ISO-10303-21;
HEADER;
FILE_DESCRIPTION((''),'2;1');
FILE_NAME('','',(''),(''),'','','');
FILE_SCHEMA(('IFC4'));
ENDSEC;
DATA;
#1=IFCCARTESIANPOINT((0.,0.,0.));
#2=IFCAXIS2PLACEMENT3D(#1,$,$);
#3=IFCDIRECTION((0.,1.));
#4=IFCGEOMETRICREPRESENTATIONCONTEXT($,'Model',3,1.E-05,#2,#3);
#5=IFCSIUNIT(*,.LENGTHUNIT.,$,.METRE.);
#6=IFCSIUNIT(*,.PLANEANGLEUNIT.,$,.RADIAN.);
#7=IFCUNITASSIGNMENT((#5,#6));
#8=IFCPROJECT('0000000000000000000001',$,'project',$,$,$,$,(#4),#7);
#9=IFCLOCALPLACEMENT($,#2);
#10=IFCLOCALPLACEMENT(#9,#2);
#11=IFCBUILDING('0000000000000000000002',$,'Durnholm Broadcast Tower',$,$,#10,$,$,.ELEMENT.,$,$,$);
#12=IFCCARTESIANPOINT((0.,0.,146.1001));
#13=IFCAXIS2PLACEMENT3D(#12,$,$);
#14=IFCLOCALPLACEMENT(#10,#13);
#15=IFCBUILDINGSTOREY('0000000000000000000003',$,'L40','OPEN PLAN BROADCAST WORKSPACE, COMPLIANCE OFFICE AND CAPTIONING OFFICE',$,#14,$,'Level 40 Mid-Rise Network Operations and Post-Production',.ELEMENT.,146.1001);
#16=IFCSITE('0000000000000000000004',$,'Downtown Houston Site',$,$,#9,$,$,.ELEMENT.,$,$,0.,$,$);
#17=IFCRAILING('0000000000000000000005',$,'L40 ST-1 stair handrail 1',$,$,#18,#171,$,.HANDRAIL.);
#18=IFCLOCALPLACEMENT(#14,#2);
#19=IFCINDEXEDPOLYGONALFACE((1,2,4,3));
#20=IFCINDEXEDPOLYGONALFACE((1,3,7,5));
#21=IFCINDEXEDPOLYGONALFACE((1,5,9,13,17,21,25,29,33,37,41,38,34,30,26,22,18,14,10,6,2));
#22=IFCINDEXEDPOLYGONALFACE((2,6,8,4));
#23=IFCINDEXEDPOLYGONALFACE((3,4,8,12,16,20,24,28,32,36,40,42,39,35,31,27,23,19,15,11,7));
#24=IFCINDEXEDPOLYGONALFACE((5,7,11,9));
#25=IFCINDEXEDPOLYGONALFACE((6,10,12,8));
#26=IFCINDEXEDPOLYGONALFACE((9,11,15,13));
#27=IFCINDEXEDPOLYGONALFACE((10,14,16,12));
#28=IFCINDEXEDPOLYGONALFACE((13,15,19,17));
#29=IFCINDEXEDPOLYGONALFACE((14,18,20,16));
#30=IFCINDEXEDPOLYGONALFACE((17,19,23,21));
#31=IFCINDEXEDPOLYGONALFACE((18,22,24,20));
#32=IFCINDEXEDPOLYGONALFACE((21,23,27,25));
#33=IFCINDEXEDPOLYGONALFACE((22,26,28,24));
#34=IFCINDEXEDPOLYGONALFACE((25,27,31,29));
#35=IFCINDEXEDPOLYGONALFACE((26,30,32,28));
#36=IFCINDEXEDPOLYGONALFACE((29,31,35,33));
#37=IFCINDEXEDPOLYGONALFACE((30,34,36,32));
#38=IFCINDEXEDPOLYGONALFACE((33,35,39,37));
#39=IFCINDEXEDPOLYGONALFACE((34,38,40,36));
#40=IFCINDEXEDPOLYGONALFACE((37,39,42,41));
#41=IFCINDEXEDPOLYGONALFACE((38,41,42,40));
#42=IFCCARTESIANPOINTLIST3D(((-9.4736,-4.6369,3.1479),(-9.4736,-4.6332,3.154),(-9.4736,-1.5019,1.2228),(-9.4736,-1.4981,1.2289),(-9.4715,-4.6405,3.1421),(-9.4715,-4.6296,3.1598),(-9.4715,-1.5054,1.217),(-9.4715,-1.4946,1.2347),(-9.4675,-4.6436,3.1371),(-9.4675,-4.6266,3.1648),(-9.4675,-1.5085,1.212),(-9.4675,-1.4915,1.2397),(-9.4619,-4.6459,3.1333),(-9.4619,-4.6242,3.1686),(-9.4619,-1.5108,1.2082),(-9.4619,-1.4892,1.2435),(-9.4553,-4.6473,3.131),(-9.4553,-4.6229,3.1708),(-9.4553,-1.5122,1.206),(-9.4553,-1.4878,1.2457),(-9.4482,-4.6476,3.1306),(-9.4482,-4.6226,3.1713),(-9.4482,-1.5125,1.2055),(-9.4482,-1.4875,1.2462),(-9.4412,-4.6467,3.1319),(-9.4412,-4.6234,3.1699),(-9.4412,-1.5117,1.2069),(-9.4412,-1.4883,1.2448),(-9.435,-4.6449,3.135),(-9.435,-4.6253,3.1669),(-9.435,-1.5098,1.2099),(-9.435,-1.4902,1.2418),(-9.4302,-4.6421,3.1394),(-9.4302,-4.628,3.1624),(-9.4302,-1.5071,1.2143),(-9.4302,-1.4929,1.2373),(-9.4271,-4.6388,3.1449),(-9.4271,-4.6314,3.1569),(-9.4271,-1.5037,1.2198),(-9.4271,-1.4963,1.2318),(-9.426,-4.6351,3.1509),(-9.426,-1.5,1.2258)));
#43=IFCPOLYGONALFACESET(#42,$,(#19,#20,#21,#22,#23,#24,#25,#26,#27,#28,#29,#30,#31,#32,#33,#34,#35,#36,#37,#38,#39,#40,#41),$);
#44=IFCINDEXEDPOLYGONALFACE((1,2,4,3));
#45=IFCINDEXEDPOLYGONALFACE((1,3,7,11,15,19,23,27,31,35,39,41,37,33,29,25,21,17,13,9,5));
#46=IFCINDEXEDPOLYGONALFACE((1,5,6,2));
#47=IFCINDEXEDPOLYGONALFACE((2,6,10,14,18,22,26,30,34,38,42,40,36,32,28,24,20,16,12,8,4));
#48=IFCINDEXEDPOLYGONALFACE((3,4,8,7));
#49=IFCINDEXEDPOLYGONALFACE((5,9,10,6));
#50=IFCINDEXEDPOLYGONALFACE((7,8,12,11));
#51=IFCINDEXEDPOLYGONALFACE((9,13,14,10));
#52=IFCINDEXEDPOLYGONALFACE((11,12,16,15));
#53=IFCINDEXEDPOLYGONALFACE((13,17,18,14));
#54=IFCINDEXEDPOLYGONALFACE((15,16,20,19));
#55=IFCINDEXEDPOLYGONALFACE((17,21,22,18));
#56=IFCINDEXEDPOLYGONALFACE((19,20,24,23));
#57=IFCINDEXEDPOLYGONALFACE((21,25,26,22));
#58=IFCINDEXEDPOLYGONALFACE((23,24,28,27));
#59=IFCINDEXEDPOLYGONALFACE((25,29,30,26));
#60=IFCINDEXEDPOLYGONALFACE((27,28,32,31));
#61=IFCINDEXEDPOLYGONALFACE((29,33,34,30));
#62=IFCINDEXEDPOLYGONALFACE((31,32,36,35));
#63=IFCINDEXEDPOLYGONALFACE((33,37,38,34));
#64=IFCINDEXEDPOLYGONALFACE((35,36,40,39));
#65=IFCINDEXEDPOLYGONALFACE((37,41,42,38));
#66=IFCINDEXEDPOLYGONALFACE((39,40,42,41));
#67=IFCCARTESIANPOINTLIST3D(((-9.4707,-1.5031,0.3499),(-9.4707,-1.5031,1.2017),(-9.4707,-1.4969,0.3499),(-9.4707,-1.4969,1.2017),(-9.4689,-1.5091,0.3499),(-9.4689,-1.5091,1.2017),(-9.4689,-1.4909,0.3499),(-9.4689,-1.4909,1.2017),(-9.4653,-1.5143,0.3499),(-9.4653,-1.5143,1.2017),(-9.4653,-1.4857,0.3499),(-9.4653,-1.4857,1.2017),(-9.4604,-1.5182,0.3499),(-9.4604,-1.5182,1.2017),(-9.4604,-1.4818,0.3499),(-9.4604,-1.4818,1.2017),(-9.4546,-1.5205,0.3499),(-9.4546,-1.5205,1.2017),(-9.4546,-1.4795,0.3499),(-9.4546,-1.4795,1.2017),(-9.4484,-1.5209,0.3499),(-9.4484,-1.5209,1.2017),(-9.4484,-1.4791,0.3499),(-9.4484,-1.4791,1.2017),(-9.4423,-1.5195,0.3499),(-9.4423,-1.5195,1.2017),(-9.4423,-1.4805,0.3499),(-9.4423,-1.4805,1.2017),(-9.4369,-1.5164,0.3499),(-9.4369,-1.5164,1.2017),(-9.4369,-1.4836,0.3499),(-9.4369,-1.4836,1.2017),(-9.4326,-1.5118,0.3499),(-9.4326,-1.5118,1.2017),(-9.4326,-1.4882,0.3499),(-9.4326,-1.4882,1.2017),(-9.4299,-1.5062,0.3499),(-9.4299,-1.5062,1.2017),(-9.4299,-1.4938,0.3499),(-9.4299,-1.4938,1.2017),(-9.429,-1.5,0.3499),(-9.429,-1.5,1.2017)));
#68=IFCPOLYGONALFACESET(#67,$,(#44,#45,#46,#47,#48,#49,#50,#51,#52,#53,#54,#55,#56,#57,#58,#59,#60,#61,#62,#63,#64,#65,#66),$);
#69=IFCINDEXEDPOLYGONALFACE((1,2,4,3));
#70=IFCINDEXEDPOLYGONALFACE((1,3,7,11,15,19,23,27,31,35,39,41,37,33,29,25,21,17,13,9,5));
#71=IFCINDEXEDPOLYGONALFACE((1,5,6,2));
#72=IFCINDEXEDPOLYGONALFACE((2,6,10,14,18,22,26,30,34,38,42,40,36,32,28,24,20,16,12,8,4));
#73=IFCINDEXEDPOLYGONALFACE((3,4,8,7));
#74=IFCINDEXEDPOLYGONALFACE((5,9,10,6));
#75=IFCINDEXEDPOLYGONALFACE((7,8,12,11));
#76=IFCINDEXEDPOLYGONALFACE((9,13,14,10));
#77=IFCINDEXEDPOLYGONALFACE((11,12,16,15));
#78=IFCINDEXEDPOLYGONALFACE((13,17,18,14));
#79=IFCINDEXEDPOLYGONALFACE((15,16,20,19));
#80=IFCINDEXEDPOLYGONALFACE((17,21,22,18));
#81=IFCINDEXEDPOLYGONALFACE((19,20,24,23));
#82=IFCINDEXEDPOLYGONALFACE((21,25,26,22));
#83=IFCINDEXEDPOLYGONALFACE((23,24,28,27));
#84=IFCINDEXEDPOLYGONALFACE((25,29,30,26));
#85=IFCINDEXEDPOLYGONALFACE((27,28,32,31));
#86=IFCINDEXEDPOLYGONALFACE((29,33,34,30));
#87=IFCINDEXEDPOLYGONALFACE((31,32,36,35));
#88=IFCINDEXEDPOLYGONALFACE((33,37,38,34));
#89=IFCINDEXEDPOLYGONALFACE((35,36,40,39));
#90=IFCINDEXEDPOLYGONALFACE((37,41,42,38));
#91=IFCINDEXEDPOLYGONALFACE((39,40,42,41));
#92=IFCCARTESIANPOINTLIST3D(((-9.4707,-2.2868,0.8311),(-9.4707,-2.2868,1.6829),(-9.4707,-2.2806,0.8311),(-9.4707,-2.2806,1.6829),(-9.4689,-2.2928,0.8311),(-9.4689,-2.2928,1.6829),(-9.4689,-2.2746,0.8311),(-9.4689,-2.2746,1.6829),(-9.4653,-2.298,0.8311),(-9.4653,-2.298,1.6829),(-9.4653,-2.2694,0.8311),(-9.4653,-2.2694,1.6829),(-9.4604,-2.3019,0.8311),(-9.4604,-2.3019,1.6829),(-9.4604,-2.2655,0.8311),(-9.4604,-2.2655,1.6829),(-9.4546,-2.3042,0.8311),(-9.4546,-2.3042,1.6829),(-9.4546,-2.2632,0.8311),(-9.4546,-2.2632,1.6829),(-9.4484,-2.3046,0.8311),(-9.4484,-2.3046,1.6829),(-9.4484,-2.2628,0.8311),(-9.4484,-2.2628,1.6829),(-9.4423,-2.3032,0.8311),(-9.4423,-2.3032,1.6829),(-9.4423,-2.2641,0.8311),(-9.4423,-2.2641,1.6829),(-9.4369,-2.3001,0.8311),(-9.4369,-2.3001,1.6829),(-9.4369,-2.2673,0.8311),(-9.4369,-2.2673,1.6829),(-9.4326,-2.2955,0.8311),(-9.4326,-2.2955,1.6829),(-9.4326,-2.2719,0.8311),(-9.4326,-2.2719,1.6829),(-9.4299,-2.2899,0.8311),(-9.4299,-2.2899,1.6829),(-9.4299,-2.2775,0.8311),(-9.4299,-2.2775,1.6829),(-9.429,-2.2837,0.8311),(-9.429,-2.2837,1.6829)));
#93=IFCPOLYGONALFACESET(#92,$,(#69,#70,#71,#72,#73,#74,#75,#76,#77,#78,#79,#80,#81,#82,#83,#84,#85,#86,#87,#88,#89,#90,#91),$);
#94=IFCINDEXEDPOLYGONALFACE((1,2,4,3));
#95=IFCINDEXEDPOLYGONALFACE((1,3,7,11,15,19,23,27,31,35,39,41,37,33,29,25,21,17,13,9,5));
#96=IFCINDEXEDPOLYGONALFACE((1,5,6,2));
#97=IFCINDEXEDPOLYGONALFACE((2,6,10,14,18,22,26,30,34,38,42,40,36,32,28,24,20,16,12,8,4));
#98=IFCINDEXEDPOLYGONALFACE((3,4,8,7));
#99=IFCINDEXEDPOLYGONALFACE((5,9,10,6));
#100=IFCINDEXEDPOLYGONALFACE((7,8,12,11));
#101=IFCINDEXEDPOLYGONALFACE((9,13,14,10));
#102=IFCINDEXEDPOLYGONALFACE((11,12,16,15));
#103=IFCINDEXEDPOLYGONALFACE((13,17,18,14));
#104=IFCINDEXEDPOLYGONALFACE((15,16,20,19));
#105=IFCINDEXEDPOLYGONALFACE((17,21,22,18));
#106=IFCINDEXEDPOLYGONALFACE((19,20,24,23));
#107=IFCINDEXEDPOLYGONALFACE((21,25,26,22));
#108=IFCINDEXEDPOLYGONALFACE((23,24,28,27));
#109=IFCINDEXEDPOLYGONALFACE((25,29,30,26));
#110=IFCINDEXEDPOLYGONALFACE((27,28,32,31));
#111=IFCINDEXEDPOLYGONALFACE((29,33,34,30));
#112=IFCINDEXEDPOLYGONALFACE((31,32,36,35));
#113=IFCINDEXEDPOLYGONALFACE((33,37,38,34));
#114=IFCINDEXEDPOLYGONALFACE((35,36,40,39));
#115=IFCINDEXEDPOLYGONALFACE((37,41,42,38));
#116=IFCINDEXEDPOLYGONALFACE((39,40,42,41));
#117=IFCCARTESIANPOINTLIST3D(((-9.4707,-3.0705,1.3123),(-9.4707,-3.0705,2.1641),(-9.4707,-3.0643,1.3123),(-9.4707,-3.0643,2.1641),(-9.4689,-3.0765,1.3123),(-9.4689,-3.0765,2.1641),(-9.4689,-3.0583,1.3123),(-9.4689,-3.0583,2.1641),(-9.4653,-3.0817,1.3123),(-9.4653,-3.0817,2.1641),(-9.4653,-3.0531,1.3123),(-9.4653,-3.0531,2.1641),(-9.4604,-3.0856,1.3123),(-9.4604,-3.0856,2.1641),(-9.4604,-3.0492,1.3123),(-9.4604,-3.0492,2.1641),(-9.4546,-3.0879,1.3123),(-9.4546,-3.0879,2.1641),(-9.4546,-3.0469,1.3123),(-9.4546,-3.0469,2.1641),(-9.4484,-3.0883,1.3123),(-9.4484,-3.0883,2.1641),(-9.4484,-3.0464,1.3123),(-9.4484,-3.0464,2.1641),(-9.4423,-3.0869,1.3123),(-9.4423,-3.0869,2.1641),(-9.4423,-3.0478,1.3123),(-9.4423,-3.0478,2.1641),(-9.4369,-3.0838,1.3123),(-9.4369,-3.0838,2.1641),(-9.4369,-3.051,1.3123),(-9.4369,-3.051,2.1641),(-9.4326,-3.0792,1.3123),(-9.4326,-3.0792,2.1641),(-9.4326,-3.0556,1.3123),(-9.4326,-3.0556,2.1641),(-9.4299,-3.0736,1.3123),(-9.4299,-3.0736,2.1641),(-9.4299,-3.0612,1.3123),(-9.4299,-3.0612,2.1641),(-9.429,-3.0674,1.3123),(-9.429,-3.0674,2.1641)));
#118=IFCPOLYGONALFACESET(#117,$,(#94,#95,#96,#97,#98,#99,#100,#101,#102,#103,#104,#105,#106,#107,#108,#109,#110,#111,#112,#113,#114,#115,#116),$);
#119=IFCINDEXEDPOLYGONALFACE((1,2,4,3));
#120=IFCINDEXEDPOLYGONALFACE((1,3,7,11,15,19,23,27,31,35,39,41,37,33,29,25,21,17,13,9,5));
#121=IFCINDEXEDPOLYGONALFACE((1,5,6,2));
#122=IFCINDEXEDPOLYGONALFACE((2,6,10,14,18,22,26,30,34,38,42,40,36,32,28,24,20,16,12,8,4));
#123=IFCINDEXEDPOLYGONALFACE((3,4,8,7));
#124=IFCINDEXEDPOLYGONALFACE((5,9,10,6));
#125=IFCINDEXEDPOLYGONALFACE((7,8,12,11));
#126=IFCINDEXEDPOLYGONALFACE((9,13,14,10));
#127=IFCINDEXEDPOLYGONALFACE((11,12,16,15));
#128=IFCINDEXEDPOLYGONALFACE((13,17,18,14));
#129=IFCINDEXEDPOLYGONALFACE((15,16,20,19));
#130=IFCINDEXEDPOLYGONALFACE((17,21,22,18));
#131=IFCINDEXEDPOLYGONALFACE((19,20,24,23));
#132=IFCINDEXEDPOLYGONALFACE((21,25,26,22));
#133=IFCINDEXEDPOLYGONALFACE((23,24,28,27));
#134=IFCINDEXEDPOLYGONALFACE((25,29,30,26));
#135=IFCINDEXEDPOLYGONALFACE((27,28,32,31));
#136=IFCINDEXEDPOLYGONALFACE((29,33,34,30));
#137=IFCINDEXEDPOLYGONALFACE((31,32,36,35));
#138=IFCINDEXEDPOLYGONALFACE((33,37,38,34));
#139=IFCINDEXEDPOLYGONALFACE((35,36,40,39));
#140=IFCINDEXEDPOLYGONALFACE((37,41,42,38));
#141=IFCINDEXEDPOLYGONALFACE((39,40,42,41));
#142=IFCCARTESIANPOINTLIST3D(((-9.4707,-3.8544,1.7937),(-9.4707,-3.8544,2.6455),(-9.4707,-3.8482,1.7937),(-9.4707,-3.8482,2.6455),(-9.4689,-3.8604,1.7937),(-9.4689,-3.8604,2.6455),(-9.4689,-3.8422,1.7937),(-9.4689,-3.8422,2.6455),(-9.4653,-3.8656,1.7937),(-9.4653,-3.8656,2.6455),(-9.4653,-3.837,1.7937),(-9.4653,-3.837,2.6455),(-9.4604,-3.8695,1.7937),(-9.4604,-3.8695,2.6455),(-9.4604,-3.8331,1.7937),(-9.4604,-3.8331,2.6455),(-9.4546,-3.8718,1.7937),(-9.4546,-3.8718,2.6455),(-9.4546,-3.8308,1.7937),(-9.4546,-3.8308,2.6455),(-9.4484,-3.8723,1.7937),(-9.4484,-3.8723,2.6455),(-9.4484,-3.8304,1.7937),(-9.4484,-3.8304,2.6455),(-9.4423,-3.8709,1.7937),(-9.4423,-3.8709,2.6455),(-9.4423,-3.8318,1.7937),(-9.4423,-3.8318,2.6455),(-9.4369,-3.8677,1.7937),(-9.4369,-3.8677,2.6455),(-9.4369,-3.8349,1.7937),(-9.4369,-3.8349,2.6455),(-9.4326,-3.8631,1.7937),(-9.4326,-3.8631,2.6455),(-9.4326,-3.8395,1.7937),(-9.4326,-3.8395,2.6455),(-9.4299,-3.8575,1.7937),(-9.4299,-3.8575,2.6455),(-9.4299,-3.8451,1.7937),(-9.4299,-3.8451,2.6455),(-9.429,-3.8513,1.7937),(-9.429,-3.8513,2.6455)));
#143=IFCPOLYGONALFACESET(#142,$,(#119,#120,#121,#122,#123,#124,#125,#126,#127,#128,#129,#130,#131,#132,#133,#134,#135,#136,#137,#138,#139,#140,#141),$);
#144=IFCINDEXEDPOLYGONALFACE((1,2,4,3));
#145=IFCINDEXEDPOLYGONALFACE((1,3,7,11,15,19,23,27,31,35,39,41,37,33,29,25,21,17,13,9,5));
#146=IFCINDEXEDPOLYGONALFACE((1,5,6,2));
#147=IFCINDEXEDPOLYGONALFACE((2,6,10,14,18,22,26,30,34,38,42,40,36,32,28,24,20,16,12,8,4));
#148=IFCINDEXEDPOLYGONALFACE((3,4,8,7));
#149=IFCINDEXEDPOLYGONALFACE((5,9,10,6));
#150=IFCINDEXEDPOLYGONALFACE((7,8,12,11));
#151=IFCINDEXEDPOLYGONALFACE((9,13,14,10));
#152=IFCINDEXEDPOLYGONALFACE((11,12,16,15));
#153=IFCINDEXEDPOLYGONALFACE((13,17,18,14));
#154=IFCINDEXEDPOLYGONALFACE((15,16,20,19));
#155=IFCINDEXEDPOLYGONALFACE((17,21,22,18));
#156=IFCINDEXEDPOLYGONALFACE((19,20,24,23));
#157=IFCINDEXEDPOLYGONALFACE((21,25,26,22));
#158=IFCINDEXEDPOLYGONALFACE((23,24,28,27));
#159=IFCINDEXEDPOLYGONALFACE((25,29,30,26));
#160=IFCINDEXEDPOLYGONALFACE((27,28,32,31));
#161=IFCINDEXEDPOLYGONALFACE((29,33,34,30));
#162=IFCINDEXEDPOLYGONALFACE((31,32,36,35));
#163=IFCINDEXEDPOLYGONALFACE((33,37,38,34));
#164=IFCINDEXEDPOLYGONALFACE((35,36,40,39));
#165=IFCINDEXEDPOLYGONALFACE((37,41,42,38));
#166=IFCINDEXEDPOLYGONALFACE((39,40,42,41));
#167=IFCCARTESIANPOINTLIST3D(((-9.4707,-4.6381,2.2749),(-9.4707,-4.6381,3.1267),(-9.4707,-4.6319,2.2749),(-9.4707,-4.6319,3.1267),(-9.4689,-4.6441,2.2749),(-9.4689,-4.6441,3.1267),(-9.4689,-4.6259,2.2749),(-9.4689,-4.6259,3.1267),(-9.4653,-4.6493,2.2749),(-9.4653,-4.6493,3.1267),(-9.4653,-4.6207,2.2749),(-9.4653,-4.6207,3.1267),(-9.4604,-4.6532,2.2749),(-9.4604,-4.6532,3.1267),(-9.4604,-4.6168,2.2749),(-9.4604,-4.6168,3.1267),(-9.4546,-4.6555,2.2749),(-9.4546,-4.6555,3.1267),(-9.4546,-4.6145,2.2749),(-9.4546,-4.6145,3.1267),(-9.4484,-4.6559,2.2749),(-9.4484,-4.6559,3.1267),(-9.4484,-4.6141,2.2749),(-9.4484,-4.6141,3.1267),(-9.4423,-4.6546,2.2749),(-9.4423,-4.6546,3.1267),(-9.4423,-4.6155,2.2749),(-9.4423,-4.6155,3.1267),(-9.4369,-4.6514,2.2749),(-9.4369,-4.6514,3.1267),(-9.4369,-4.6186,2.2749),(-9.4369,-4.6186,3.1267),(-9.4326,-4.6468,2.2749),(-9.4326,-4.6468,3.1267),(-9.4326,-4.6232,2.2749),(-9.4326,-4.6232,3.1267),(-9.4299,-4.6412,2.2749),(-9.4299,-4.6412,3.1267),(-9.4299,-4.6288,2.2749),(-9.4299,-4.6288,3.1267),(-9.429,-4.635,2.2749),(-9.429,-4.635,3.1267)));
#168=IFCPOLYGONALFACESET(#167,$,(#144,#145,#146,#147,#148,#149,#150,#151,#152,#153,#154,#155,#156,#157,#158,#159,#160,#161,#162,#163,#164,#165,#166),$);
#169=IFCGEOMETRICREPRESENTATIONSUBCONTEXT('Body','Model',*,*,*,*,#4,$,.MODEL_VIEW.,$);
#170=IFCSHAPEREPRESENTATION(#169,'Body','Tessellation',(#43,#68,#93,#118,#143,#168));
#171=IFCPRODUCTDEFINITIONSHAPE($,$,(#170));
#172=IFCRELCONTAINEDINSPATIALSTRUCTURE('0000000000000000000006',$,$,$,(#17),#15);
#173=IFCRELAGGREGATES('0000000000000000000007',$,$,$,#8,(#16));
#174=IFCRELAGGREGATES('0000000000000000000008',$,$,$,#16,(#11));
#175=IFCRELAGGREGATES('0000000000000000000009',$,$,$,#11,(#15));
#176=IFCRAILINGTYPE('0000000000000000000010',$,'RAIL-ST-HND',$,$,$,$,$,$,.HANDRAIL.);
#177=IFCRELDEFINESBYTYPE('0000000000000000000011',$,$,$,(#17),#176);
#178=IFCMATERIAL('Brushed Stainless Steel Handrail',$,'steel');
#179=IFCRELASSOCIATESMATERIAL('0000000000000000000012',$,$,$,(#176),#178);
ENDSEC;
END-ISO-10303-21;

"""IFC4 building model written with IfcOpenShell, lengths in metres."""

from ifc_helpers import new_model, si_unit, direction, frame, origin, origin_2d, place, context, subcontext, project, spatial, circle, extrude, material, type_object, element, save


model = new_model("IFC4")

# Units and contexts
model_context = context("Model", 3, precision=1e-05, world=origin(), true_north=direction((0.0, 1.0)))
body_context = subcontext(model_context, "Body", "Model", "MODEL_VIEW")
ifc_project = project(units=[si_unit("LENGTHUNIT", "METRE"), si_unit("PLANEANGLEUNIT", "RADIAN")], contexts=[model_context])

# Site, building, storey
site_placement = place(None, origin())
site = spatial("IfcSite", under=ifc_project, at=site_placement, Name="Downtown Houston Site", CompositionType="ELEMENT", RefElevation=0.0)
building_placement = place(site_placement, origin())
building = spatial("IfcBuilding", under=site, at=building_placement, Name="Durnholm Broadcast Tower", CompositionType="ELEMENT")
storey_placement = place(building_placement, frame((0.0, 0.0, 146.1001)))
storey = spatial("IfcBuildingStorey", under=building, at=storey_placement, Name="L40", Description="OPEN PLAN BROADCAST WORKSPACE, COMPLIANCE OFFICE AND CAPTIONING OFFICE", LongName="Level 40 Mid-Rise Network Operations and Post-Production", CompositionType="ELEMENT", Elevation=146.1001)

# Railing
ifc_material_1 = material(Name="Brushed Stainless Steel Handrail", Category="steel")
railing_type = type_object("IfcRailingType", Name="RAIL-ST-HND", PredefinedType="HANDRAIL", material=ifc_material_1)
railing_placement = place(storey_placement, frame((-9.45, -1.5, 0.3499)))
element("IfcRailing", 1, at=railing_placement, inside=storey, type_object=railing_type, Name="L40 ST-1 stair handrail 1", PredefinedType="HANDRAIL", context=body_context, shape_type="SweptSolid", body=[
    extrude(circle(Radius=0.0239, at=origin_2d()), frame((0.0, 0.0, 0.876), z_axis=(0.0, -0.852166, 0.523271), x_axis=(1.0, 0.0, 0.0)), (0.0, 0.0, 1.0), 3.679),
    extrude(circle(Radius=0.021, at=origin_2d()), origin(), (0.0, 0.0, 1.0), 0.8518),
    extrude(circle(Radius=0.021, at=origin_2d()), frame((0.0, -0.7837, 0.4812)), (0.0, 0.0, 1.0), 0.8518),
    extrude(circle(Radius=0.021, at=origin_2d()), frame((0.0, -1.5674, 0.9624)), (0.0, 0.0, 1.0), 0.8518),
    extrude(circle(Radius=0.021, at=origin_2d()), frame((0.0, -2.3513, 1.4438)), (0.0, 0.0, 1.0), 0.8518),
    extrude(circle(Radius=0.021, at=origin_2d()), frame((0.0, -3.135, 1.925)), (0.0, 0.0, 1.0), 0.8518),
])

save(model, "model.ifc")
